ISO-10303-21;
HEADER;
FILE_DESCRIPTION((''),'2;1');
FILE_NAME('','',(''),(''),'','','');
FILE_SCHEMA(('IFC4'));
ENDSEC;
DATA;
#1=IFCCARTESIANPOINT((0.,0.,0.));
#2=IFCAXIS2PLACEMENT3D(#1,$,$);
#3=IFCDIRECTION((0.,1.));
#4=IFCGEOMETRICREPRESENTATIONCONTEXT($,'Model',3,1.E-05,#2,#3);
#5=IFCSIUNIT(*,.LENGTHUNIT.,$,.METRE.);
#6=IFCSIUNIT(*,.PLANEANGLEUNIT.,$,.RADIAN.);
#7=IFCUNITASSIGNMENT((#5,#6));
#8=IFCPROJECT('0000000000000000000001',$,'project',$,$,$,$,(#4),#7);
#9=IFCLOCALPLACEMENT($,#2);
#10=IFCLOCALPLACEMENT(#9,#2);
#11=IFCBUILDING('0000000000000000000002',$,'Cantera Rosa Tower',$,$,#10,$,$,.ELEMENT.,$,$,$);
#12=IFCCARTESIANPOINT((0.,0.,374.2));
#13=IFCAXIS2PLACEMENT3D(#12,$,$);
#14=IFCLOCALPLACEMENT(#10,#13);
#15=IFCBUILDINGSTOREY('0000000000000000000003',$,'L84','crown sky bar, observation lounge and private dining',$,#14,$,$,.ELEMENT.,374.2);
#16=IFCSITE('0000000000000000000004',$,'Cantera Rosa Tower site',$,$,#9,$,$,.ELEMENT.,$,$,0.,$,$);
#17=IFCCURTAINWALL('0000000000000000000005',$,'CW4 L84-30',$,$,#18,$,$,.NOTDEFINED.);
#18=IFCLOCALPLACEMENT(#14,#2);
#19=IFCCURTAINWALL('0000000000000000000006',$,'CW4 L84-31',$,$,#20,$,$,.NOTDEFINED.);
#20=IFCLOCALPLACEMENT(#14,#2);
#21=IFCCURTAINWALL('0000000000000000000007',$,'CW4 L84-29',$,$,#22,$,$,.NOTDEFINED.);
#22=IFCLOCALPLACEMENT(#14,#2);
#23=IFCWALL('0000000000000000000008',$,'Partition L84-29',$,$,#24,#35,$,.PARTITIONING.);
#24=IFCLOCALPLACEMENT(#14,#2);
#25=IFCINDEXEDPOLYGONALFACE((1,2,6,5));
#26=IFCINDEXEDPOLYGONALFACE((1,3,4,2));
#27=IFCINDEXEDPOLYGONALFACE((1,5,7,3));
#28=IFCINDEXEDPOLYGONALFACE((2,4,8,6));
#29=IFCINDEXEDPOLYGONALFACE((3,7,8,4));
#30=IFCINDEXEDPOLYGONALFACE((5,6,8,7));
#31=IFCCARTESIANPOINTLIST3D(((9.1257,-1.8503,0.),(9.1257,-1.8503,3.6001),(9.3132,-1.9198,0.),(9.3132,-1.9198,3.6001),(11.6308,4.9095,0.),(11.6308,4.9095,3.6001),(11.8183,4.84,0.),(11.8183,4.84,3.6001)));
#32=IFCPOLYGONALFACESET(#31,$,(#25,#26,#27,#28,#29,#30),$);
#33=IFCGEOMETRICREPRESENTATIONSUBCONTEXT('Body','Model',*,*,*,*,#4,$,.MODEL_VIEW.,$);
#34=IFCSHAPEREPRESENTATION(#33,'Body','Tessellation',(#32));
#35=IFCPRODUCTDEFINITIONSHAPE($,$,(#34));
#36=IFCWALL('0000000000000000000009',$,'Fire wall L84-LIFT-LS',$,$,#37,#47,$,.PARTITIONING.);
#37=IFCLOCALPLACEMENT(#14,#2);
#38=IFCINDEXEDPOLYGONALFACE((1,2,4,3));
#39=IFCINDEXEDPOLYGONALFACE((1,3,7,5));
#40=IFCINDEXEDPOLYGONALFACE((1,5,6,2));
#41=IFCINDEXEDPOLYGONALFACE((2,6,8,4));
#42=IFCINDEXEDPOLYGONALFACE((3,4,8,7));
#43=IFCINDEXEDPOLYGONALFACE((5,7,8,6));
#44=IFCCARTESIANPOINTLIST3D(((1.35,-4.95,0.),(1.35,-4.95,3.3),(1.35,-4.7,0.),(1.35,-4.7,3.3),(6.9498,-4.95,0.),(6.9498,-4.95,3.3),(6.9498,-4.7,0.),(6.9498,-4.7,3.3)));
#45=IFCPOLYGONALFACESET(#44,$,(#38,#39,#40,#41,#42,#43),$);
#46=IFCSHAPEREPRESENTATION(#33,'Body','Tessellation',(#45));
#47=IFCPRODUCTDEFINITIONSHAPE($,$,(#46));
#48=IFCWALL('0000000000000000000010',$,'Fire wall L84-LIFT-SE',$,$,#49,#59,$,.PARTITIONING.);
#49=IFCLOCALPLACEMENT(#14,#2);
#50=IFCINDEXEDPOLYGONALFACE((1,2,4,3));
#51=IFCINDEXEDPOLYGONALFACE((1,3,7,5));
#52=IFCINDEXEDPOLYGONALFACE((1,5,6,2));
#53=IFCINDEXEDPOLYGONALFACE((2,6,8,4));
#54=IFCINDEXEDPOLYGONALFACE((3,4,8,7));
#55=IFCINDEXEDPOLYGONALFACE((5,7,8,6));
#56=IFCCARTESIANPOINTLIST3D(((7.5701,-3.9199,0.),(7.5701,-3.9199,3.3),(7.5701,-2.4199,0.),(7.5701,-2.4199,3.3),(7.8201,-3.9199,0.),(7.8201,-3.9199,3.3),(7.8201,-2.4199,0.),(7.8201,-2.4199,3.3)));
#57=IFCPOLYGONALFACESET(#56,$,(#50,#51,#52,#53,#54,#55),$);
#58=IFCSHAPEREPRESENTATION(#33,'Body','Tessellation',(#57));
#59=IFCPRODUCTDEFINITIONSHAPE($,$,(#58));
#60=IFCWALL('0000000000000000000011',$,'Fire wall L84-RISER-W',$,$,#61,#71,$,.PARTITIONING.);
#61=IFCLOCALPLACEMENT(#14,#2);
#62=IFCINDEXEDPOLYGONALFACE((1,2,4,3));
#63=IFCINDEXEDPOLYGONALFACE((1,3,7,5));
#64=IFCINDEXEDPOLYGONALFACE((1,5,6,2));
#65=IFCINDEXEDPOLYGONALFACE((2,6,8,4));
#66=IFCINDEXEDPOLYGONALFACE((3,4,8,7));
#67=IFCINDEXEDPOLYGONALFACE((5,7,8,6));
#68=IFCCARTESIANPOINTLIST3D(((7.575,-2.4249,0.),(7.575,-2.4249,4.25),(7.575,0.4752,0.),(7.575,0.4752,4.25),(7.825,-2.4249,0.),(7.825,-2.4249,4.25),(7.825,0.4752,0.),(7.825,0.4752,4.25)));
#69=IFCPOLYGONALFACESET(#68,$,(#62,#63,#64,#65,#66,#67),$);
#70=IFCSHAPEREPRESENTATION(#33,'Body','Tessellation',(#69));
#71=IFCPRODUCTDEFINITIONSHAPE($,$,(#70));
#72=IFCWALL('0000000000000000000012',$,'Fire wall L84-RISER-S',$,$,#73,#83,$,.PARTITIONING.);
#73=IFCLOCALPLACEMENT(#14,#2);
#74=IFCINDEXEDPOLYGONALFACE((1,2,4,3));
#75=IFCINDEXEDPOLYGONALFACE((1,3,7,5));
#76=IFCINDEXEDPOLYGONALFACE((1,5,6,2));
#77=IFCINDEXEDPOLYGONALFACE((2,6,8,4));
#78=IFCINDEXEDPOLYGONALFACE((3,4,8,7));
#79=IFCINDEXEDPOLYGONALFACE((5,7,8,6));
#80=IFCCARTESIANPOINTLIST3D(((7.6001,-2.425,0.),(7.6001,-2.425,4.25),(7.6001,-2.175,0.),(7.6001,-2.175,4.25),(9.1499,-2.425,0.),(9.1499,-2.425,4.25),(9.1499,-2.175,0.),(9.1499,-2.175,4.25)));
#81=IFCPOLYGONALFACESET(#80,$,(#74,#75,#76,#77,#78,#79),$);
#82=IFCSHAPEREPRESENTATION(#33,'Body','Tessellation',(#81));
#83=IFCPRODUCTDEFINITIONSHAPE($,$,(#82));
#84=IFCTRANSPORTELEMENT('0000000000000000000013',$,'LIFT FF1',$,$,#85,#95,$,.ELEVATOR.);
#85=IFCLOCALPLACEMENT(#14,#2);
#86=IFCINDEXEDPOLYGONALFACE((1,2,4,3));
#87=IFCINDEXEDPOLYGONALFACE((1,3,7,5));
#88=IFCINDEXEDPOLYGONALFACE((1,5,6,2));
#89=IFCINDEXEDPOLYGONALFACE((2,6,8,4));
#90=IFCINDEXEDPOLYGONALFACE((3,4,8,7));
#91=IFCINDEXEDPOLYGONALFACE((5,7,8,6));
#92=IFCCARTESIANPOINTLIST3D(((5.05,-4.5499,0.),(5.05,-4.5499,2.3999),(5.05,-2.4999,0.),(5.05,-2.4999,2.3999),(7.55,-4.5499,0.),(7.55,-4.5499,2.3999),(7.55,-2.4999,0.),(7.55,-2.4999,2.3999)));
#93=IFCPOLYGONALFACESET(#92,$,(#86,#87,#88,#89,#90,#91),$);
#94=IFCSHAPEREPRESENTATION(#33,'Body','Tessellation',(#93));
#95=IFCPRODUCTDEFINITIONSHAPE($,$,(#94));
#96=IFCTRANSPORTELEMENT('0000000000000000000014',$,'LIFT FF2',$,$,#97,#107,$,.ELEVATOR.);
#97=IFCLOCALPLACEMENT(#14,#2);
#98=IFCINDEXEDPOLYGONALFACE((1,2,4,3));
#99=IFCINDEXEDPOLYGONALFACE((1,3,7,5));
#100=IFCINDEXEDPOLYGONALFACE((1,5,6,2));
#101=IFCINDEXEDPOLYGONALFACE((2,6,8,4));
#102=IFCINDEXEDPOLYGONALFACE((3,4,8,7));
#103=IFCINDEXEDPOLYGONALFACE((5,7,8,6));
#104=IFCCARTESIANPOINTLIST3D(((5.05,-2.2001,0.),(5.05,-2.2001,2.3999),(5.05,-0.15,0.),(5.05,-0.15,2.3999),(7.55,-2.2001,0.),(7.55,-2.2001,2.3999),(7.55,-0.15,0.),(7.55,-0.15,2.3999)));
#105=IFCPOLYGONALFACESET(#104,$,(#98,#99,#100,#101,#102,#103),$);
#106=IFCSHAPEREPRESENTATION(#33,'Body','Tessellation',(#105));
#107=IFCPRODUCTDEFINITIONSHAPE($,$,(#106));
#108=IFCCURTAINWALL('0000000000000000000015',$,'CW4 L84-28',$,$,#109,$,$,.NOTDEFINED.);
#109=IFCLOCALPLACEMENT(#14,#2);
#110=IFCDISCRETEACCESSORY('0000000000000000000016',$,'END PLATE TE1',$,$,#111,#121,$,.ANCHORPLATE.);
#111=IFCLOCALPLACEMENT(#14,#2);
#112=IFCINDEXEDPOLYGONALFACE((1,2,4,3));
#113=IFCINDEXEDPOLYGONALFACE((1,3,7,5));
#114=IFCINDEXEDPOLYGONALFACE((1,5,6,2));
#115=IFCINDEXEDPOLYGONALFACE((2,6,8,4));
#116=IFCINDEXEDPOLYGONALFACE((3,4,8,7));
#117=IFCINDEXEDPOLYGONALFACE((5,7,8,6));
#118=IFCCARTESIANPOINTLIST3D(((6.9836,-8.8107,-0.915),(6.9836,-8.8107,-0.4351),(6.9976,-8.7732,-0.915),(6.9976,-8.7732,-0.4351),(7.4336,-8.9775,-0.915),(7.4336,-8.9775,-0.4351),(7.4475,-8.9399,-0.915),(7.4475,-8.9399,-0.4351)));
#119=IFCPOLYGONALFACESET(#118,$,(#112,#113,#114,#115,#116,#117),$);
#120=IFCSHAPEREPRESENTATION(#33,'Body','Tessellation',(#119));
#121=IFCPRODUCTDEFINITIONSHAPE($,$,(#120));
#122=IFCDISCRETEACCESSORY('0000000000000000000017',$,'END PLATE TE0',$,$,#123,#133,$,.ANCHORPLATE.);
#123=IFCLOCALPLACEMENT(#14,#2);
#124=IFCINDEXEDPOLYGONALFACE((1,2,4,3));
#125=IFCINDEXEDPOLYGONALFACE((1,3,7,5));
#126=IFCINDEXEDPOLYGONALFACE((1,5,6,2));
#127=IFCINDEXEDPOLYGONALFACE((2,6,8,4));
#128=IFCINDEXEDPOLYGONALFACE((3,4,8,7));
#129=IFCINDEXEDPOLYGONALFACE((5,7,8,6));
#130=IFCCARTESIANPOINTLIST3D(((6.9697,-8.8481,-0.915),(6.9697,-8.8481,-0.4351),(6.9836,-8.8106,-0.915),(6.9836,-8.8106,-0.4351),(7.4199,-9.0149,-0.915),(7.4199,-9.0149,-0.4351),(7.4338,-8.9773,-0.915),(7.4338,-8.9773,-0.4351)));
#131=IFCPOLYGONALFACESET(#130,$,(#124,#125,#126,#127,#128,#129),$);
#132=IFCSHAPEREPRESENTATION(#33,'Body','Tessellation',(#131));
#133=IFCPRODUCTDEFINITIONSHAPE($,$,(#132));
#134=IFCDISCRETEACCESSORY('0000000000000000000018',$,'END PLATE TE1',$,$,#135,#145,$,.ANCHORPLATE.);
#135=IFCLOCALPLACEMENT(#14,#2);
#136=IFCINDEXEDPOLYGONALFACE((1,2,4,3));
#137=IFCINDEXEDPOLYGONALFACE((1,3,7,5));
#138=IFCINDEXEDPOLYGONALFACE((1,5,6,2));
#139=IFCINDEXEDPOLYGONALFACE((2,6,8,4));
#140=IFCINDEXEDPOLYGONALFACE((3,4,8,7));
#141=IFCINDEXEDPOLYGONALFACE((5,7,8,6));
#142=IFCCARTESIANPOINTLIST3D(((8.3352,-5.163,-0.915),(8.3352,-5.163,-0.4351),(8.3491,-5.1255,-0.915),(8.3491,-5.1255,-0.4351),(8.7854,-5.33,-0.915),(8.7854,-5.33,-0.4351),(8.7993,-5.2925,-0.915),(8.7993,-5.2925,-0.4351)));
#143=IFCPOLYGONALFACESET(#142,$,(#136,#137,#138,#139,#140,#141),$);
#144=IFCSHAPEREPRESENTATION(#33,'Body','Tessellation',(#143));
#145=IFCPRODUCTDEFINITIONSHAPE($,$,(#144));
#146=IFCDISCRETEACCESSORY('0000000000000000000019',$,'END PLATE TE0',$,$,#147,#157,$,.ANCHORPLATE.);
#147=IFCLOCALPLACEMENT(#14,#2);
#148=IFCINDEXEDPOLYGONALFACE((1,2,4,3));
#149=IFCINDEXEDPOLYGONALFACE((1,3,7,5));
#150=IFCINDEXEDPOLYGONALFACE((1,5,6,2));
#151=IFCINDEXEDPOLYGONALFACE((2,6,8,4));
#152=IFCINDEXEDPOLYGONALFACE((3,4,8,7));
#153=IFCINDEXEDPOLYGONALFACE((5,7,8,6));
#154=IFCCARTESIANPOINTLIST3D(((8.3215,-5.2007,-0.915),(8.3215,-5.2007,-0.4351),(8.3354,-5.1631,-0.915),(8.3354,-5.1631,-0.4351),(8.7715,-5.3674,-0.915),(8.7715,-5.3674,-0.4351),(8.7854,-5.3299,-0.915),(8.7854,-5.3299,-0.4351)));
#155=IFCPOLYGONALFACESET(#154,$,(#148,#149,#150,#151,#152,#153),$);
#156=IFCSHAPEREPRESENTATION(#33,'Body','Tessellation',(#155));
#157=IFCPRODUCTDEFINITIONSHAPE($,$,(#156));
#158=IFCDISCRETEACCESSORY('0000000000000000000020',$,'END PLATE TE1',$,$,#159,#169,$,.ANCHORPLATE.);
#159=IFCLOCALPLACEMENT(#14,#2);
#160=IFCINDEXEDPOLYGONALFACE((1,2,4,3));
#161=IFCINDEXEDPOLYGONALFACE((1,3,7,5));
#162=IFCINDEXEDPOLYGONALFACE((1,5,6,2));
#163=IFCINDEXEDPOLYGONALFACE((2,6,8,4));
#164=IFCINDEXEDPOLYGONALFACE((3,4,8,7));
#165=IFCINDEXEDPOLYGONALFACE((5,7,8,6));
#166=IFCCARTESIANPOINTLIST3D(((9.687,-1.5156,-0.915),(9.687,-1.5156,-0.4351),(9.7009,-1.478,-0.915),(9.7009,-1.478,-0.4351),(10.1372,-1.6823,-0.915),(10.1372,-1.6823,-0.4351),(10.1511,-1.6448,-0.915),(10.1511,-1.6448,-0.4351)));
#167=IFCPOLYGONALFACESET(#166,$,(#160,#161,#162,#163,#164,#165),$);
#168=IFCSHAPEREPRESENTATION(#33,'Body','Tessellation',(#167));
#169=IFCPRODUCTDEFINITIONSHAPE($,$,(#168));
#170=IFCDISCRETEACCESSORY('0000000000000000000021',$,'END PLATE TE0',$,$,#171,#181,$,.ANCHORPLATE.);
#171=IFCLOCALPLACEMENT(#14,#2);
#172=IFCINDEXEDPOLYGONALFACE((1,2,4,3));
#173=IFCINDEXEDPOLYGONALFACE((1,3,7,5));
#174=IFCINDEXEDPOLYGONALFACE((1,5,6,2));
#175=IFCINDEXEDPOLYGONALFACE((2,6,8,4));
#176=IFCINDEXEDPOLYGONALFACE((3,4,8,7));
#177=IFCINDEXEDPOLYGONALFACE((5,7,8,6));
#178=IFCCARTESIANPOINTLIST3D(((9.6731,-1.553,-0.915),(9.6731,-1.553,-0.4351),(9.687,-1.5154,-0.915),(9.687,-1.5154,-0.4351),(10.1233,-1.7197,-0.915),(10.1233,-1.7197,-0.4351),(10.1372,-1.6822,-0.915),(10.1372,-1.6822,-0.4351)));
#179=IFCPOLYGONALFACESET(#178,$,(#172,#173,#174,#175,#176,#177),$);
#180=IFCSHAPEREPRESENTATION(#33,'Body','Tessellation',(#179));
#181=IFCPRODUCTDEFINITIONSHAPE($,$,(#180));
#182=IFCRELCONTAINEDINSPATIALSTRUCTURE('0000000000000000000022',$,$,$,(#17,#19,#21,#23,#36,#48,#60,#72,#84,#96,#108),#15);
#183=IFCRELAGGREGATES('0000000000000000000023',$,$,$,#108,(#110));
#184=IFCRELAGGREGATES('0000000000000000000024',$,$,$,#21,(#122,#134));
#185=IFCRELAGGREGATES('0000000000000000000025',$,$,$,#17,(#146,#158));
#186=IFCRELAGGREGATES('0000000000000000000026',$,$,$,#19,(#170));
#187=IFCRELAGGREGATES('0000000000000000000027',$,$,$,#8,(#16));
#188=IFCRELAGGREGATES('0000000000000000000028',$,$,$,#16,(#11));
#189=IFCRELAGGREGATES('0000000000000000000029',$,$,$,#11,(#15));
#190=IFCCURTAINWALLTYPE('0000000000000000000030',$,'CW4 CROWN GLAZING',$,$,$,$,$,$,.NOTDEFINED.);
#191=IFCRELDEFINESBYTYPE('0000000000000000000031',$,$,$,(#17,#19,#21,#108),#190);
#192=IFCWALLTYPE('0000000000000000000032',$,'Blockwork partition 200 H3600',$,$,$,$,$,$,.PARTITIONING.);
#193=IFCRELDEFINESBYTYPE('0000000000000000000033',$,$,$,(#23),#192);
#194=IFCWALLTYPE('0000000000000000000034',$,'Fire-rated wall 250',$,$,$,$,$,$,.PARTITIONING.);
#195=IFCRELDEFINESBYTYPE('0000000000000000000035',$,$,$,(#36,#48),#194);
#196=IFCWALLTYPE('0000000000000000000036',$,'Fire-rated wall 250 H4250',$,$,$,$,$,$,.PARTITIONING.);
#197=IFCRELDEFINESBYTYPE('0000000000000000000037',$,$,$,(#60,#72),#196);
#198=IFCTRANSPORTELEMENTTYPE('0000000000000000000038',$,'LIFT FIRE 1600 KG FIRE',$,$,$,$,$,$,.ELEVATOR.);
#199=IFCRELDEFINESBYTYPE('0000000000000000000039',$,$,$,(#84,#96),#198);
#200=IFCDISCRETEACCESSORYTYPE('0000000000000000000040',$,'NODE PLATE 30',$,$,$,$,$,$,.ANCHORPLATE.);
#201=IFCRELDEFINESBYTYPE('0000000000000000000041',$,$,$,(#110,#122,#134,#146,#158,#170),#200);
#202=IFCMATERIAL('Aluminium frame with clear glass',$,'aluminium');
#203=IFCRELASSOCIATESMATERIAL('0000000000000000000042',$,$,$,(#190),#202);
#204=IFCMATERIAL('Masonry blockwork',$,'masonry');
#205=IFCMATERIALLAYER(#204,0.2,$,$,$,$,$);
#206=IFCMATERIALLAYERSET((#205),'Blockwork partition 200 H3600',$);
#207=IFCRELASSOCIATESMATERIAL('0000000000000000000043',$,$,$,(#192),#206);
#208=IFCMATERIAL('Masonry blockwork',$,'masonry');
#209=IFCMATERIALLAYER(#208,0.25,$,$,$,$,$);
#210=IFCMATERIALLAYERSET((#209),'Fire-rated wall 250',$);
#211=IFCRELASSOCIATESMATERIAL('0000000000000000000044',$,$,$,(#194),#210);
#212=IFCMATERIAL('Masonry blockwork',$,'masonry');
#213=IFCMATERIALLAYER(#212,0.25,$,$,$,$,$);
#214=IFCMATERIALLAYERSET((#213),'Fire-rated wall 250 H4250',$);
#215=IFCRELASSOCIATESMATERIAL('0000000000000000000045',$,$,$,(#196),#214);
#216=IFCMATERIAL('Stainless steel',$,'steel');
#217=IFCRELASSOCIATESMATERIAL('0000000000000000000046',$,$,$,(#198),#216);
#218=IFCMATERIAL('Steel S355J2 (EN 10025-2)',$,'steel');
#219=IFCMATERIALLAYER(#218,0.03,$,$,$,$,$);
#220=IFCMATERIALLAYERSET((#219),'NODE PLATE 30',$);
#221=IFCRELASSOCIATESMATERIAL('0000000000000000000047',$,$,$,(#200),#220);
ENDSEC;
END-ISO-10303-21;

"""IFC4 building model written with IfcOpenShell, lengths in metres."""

from ifc_helpers import new_model, si_unit, direction, frame, frame_2d, origin, origin_2d, place, context, subcontext, project, spatial, polyline, rectangle, outline, extrude, material, layer, layer_set, type_object, element, aggregate, save


model = new_model("IFC4")

# Units and contexts
model_context = context("Model", 3, precision=1e-05, world=origin(), true_north=direction((0.0, 1.0)))
body_context = subcontext(model_context, "Body", "Model", "MODEL_VIEW")
ifc_project = project(units=[si_unit("LENGTHUNIT", "METRE"), si_unit("PLANEANGLEUNIT", "RADIAN")], contexts=[model_context])

# Site, building, storey
site_placement = place(None, origin())
site = spatial("IfcSite", under=ifc_project, at=site_placement, Name="Cantera Rosa Tower site", CompositionType="ELEMENT", RefElevation=0.0)
building_placement = place(site_placement, origin())
building = spatial("IfcBuilding", under=site, at=building_placement, Name="Cantera Rosa Tower", CompositionType="ELEMENT")
storey_placement = place(building_placement, frame((0.0, 0.0, 374.2)))
storey = spatial("IfcBuildingStorey", under=building, at=storey_placement, Name="L84", Description="crown sky bar, observation lounge and private dining", CompositionType="ELEMENT", Elevation=374.2)

# Curtain walls
ifc_material_1 = material(Name="Aluminium frame with clear glass", Category="aluminium")
curtain_wall_type = type_object("IfcCurtainWallType", Name="CW4 CROWN GLAZING", PredefinedType="NOTDEFINED", material=ifc_material_1)
curtain_wall_1_placement = place(storey_placement, origin())
curtain_wall_1 = element("IfcCurtainWall", 1, at=curtain_wall_1_placement, inside=storey, type_object=curtain_wall_type, Name="CW4 L84-30", PredefinedType="NOTDEFINED")
curtain_wall_2_placement = place(storey_placement, origin())
curtain_wall_2 = element("IfcCurtainWall", 2, at=curtain_wall_2_placement, inside=storey, type_object=curtain_wall_type, Name="CW4 L84-31", PredefinedType="NOTDEFINED")
curtain_wall_3_placement = place(storey_placement, origin())
curtain_wall_3 = element("IfcCurtainWall", 3, at=curtain_wall_3_placement, inside=storey, type_object=curtain_wall_type, Name="CW4 L84-29", PredefinedType="NOTDEFINED")

# Walls
ifc_material_2 = material(Name="Masonry blockwork", Category="masonry")
ifc_layer_1 = layer(ifc_material_2, 0.2)
ifc_layer_set_1 = layer_set([ifc_layer_1], Name="Blockwork partition 200 H3600")
wall_type_1 = type_object("IfcWallType", Name="Blockwork partition 200 H3600", PredefinedType="PARTITIONING", material=ifc_layer_set_1)
wall_1_placement = place(storey_placement, frame((9.2195, -1.885, 0.0), z_axis=(0.0, 0.0, 1.0), x_axis=(0.347499, 0.937681, 0.0)))
element("IfcWall", 4, at=wall_1_placement, inside=storey, type_object=wall_type_1, Name="Partition L84-29", PredefinedType="PARTITIONING", context=body_context, shape_type="SweptSolid", body=[
    extrude(rectangle(XDim=7.209, YDim=0.2, at=frame_2d((3.6045, 0.0))), origin(), (0.0, 0.0, 1.0), 3.6001),
])
ifc_material_3 = material(Name="Masonry blockwork", Category="masonry")
ifc_layer_2 = layer(ifc_material_3, 0.25)
ifc_layer_set_2 = layer_set([ifc_layer_2], Name="Fire-rated wall 250")
wall_type_2 = type_object("IfcWallType", Name="Fire-rated wall 250", PredefinedType="PARTITIONING", material=ifc_layer_set_2)
wall_2_placement = place(storey_placement, frame((1.3501, -4.825, 0.0), z_axis=(0.0, 0.0, 1.0), x_axis=(1.0, 0.0, 0.0)))
element("IfcWall", 5, at=wall_2_placement, inside=storey, type_object=wall_type_2, Name="Fire wall L84-LIFT-LS", PredefinedType="PARTITIONING", context=body_context, shape_type="SweptSolid", body=[
    extrude(rectangle(XDim=5.5999, YDim=0.25, at=frame_2d((2.7998, 0.0))), origin(), (0.0, 0.0, 1.0), 3.3),
])
wall_3_placement = place(storey_placement, frame((7.6951, -2.4199, 0.0), z_axis=(0.0, 0.0, 1.0), x_axis=(0.0, -1.0, 0.0)))
element("IfcWall", 6, at=wall_3_placement, inside=storey, type_object=wall_type_2, Name="Fire wall L84-LIFT-SE", PredefinedType="PARTITIONING", context=body_context, shape_type="SweptSolid", body=[
    extrude(rectangle(XDim=1.5, YDim=0.25, at=frame_2d((0.75, 0.0))), origin(), (0.0, 0.0, 1.0), 3.3),
])
ifc_material_4 = material(Name="Masonry blockwork", Category="masonry")
ifc_layer_3 = layer(ifc_material_4, 0.25)
ifc_layer_set_3 = layer_set([ifc_layer_3], Name="Fire-rated wall 250 H4250")
wall_type_3 = type_object("IfcWallType", Name="Fire-rated wall 250 H4250", PredefinedType="PARTITIONING", material=ifc_layer_set_3)
wall_4_placement = place(storey_placement, frame((7.7, -2.425, 0.0), z_axis=(0.0, 0.0, 1.0), x_axis=(0.0, 1.0, 0.0)))
element("IfcWall", 7, at=wall_4_placement, inside=storey, type_object=wall_type_3, Name="Fire wall L84-RISER-W", PredefinedType="PARTITIONING", context=body_context, shape_type="SweptSolid", body=[
    extrude(rectangle(XDim=2.9001, YDim=0.25, at=frame_2d((1.4502, 0.0))), origin(), (0.0, 0.0, 1.0), 4.25),
])
wall_5_placement = place(storey_placement, frame((7.6001, -2.3, 0.0), z_axis=(0.0, 0.0, 1.0), x_axis=(1.0, 0.0, 0.0)))
element("IfcWall", 8, at=wall_5_placement, inside=storey, type_object=wall_type_3, Name="Fire wall L84-RISER-S", PredefinedType="PARTITIONING", context=body_context, shape_type="SweptSolid", body=[
    extrude(rectangle(XDim=1.5498, YDim=0.25, at=frame_2d((0.7749, 0.0))), origin(), (0.0, 0.0, 1.0), 4.25),
])

# Transport elements
ifc_material_5 = material(Name="Stainless steel", Category="steel")
transport_element_type = type_object("IfcTransportElementType", Name="LIFT FIRE 1600 KG FIRE", PredefinedType="ELEVATOR", material=ifc_material_5)
for number, where, z_axis, x_axis, name in (
    (9, (6.3, -3.5249, 0.0), (0.0, 0.0, 1.0), (1.0, 0.0, 0.0), "LIFT FF1"),
    (10, (6.3, -1.175, 0.0), (0.0, 0.0, 1.0), (1.0, 0.0, 0.0), "LIFT FF2"),
):
    element("IfcTransportElement", number, at=place(storey_placement, frame(where, z_axis=z_axis, x_axis=x_axis)), inside=storey, type_object=transport_element_type, Name=name, PredefinedType="ELEVATOR", context=body_context, shape_type="SweptSolid", body=[
        extrude(rectangle(XDim=2.5, YDim=2.05, at=origin_2d()), origin(), (0.0, 0.0, 1.0), 2.3999),
    ])

# Curtain wall, discrete accessory
curtain_wall_4_placement = place(storey_placement, origin())
curtain_wall_4 = element("IfcCurtainWall", 11, at=curtain_wall_4_placement, inside=storey, type_object=curtain_wall_type, Name="CW4 L84-28", PredefinedType="NOTDEFINED")
ifc_material_6 = material(Name="Steel S355J2 (EN 10025-2)", Category="steel")
ifc_layer_4 = layer(ifc_material_6, 0.03)
ifc_layer_set_4 = layer_set([ifc_layer_4], Name="NODE PLATE 30")
discrete_accessory_type = type_object("IfcDiscreteAccessoryType", Name="NODE PLATE 30", PredefinedType="ANCHORPLATE", material=ifc_layer_set_4)
discrete_accessory_1_placement = place(storey_placement, frame((6.9976, -8.7732, -0.4351), z_axis=(0.347497, 0.937681, 0.0), x_axis=(0.937681, -0.347497, 0.0)))
discrete_accessory_1 = element("IfcDiscreteAccessory", 12, at=discrete_accessory_1_placement, type_object=discrete_accessory_type, Name="END PLATE TE1", PredefinedType="ANCHORPLATE", context=body_context, shape_type="SweptSolid", body=[
    extrude(outline(polyline([(0.0, 0.0), (0.4799, 0.0), (0.4799, 0.48), (0.0, 0.48), (0.0, 0.0)])), origin(), (0.0, 0.0, -1.0), 0.04),
])
aggregate(curtain_wall_4, [discrete_accessory_1])

# Discrete accessories
discrete_accessory_2_placement = place(storey_placement, frame((7.4199, -9.0149, -0.4351), z_axis=(-0.347331, -0.937743, 0.0), x_axis=(-0.937743, 0.347331, 0.0)))
discrete_accessory_2 = element("IfcDiscreteAccessory", 13, at=discrete_accessory_2_placement, type_object=discrete_accessory_type, Name="END PLATE TE0", PredefinedType="ANCHORPLATE", context=body_context, shape_type="SweptSolid", body=[
    extrude(outline(polyline([(0.0, 0.0), (0.4801, 0.0), (0.4801, 0.48), (0.0, 0.48), (0.0, 0.0)])), origin(), (0.0, 0.0, -1.0), 0.04),
])
discrete_accessory_3_placement = place(storey_placement, frame((8.3491, -5.1255, -0.4351), z_axis=(0.347778, 0.937577, 0.0), x_axis=(0.937577, -0.347778, 0.0)))
discrete_accessory_3 = element("IfcDiscreteAccessory", 14, at=discrete_accessory_3_placement, type_object=discrete_accessory_type, Name="END PLATE TE1", PredefinedType="ANCHORPLATE", context=body_context, shape_type="SweptSolid", body=[
    extrude(outline(polyline([(0.0, 0.0), (0.4802, 0.0), (0.4802, 0.48), (0.0, 0.48), (0.0, 0.0)])), origin(), (0.0, 0.0, -1.0), 0.04),
])
aggregate(curtain_wall_3, [discrete_accessory_2, discrete_accessory_3])
discrete_accessory_4_placement = place(storey_placement, frame((8.7715, -5.3674, -0.4351), z_axis=(-0.347497, -0.937681, 0.0), x_axis=(-0.937681, 0.347497, 0.0)))
discrete_accessory_4 = element("IfcDiscreteAccessory", 15, at=discrete_accessory_4_placement, type_object=discrete_accessory_type, Name="END PLATE TE0", PredefinedType="ANCHORPLATE", context=body_context, shape_type="SweptSolid", body=[
    extrude(outline(polyline([(0.0, 0.0), (0.4799, 0.0), (0.4799, 0.48), (0.0, 0.48), (0.0, 0.0)])), origin(), (0.0, 0.0, -1.0), 0.04),
])
discrete_accessory_5_placement = place(storey_placement, frame((9.7009, -1.478, -0.4351), z_axis=(0.347331, 0.937743, 0.0), x_axis=(0.937743, -0.347331, 0.0)))
discrete_accessory_5 = element("IfcDiscreteAccessory", 16, at=discrete_accessory_5_placement, type_object=discrete_accessory_type, Name="END PLATE TE1", PredefinedType="ANCHORPLATE", context=body_context, shape_type="SweptSolid", body=[
    extrude(outline(polyline([(0.0, 0.0), (0.4801, 0.0), (0.4801, 0.48), (0.0, 0.48), (0.0, 0.0)])), origin(), (0.0, 0.0, -1.0), 0.04),
])
aggregate(curtain_wall_1, [discrete_accessory_4, discrete_accessory_5])
discrete_accessory_6_placement = place(storey_placement, frame((10.1233, -1.7197, -0.4351), z_axis=(-0.347331, -0.937743, 0.0), x_axis=(-0.937743, 0.347331, 0.0)))
discrete_accessory_6 = element("IfcDiscreteAccessory", 17, at=discrete_accessory_6_placement, type_object=discrete_accessory_type, Name="END PLATE TE0", PredefinedType="ANCHORPLATE", context=body_context, shape_type="SweptSolid", body=[
    extrude(outline(polyline([(0.0, 0.0), (0.4801, 0.0), (0.4801, 0.48), (0.0, 0.48), (0.0, 0.0)])), origin(), (0.0, 0.0, -1.0), 0.04),
])
aggregate(curtain_wall_2, [discrete_accessory_6])

save(model, "model.ifc")
